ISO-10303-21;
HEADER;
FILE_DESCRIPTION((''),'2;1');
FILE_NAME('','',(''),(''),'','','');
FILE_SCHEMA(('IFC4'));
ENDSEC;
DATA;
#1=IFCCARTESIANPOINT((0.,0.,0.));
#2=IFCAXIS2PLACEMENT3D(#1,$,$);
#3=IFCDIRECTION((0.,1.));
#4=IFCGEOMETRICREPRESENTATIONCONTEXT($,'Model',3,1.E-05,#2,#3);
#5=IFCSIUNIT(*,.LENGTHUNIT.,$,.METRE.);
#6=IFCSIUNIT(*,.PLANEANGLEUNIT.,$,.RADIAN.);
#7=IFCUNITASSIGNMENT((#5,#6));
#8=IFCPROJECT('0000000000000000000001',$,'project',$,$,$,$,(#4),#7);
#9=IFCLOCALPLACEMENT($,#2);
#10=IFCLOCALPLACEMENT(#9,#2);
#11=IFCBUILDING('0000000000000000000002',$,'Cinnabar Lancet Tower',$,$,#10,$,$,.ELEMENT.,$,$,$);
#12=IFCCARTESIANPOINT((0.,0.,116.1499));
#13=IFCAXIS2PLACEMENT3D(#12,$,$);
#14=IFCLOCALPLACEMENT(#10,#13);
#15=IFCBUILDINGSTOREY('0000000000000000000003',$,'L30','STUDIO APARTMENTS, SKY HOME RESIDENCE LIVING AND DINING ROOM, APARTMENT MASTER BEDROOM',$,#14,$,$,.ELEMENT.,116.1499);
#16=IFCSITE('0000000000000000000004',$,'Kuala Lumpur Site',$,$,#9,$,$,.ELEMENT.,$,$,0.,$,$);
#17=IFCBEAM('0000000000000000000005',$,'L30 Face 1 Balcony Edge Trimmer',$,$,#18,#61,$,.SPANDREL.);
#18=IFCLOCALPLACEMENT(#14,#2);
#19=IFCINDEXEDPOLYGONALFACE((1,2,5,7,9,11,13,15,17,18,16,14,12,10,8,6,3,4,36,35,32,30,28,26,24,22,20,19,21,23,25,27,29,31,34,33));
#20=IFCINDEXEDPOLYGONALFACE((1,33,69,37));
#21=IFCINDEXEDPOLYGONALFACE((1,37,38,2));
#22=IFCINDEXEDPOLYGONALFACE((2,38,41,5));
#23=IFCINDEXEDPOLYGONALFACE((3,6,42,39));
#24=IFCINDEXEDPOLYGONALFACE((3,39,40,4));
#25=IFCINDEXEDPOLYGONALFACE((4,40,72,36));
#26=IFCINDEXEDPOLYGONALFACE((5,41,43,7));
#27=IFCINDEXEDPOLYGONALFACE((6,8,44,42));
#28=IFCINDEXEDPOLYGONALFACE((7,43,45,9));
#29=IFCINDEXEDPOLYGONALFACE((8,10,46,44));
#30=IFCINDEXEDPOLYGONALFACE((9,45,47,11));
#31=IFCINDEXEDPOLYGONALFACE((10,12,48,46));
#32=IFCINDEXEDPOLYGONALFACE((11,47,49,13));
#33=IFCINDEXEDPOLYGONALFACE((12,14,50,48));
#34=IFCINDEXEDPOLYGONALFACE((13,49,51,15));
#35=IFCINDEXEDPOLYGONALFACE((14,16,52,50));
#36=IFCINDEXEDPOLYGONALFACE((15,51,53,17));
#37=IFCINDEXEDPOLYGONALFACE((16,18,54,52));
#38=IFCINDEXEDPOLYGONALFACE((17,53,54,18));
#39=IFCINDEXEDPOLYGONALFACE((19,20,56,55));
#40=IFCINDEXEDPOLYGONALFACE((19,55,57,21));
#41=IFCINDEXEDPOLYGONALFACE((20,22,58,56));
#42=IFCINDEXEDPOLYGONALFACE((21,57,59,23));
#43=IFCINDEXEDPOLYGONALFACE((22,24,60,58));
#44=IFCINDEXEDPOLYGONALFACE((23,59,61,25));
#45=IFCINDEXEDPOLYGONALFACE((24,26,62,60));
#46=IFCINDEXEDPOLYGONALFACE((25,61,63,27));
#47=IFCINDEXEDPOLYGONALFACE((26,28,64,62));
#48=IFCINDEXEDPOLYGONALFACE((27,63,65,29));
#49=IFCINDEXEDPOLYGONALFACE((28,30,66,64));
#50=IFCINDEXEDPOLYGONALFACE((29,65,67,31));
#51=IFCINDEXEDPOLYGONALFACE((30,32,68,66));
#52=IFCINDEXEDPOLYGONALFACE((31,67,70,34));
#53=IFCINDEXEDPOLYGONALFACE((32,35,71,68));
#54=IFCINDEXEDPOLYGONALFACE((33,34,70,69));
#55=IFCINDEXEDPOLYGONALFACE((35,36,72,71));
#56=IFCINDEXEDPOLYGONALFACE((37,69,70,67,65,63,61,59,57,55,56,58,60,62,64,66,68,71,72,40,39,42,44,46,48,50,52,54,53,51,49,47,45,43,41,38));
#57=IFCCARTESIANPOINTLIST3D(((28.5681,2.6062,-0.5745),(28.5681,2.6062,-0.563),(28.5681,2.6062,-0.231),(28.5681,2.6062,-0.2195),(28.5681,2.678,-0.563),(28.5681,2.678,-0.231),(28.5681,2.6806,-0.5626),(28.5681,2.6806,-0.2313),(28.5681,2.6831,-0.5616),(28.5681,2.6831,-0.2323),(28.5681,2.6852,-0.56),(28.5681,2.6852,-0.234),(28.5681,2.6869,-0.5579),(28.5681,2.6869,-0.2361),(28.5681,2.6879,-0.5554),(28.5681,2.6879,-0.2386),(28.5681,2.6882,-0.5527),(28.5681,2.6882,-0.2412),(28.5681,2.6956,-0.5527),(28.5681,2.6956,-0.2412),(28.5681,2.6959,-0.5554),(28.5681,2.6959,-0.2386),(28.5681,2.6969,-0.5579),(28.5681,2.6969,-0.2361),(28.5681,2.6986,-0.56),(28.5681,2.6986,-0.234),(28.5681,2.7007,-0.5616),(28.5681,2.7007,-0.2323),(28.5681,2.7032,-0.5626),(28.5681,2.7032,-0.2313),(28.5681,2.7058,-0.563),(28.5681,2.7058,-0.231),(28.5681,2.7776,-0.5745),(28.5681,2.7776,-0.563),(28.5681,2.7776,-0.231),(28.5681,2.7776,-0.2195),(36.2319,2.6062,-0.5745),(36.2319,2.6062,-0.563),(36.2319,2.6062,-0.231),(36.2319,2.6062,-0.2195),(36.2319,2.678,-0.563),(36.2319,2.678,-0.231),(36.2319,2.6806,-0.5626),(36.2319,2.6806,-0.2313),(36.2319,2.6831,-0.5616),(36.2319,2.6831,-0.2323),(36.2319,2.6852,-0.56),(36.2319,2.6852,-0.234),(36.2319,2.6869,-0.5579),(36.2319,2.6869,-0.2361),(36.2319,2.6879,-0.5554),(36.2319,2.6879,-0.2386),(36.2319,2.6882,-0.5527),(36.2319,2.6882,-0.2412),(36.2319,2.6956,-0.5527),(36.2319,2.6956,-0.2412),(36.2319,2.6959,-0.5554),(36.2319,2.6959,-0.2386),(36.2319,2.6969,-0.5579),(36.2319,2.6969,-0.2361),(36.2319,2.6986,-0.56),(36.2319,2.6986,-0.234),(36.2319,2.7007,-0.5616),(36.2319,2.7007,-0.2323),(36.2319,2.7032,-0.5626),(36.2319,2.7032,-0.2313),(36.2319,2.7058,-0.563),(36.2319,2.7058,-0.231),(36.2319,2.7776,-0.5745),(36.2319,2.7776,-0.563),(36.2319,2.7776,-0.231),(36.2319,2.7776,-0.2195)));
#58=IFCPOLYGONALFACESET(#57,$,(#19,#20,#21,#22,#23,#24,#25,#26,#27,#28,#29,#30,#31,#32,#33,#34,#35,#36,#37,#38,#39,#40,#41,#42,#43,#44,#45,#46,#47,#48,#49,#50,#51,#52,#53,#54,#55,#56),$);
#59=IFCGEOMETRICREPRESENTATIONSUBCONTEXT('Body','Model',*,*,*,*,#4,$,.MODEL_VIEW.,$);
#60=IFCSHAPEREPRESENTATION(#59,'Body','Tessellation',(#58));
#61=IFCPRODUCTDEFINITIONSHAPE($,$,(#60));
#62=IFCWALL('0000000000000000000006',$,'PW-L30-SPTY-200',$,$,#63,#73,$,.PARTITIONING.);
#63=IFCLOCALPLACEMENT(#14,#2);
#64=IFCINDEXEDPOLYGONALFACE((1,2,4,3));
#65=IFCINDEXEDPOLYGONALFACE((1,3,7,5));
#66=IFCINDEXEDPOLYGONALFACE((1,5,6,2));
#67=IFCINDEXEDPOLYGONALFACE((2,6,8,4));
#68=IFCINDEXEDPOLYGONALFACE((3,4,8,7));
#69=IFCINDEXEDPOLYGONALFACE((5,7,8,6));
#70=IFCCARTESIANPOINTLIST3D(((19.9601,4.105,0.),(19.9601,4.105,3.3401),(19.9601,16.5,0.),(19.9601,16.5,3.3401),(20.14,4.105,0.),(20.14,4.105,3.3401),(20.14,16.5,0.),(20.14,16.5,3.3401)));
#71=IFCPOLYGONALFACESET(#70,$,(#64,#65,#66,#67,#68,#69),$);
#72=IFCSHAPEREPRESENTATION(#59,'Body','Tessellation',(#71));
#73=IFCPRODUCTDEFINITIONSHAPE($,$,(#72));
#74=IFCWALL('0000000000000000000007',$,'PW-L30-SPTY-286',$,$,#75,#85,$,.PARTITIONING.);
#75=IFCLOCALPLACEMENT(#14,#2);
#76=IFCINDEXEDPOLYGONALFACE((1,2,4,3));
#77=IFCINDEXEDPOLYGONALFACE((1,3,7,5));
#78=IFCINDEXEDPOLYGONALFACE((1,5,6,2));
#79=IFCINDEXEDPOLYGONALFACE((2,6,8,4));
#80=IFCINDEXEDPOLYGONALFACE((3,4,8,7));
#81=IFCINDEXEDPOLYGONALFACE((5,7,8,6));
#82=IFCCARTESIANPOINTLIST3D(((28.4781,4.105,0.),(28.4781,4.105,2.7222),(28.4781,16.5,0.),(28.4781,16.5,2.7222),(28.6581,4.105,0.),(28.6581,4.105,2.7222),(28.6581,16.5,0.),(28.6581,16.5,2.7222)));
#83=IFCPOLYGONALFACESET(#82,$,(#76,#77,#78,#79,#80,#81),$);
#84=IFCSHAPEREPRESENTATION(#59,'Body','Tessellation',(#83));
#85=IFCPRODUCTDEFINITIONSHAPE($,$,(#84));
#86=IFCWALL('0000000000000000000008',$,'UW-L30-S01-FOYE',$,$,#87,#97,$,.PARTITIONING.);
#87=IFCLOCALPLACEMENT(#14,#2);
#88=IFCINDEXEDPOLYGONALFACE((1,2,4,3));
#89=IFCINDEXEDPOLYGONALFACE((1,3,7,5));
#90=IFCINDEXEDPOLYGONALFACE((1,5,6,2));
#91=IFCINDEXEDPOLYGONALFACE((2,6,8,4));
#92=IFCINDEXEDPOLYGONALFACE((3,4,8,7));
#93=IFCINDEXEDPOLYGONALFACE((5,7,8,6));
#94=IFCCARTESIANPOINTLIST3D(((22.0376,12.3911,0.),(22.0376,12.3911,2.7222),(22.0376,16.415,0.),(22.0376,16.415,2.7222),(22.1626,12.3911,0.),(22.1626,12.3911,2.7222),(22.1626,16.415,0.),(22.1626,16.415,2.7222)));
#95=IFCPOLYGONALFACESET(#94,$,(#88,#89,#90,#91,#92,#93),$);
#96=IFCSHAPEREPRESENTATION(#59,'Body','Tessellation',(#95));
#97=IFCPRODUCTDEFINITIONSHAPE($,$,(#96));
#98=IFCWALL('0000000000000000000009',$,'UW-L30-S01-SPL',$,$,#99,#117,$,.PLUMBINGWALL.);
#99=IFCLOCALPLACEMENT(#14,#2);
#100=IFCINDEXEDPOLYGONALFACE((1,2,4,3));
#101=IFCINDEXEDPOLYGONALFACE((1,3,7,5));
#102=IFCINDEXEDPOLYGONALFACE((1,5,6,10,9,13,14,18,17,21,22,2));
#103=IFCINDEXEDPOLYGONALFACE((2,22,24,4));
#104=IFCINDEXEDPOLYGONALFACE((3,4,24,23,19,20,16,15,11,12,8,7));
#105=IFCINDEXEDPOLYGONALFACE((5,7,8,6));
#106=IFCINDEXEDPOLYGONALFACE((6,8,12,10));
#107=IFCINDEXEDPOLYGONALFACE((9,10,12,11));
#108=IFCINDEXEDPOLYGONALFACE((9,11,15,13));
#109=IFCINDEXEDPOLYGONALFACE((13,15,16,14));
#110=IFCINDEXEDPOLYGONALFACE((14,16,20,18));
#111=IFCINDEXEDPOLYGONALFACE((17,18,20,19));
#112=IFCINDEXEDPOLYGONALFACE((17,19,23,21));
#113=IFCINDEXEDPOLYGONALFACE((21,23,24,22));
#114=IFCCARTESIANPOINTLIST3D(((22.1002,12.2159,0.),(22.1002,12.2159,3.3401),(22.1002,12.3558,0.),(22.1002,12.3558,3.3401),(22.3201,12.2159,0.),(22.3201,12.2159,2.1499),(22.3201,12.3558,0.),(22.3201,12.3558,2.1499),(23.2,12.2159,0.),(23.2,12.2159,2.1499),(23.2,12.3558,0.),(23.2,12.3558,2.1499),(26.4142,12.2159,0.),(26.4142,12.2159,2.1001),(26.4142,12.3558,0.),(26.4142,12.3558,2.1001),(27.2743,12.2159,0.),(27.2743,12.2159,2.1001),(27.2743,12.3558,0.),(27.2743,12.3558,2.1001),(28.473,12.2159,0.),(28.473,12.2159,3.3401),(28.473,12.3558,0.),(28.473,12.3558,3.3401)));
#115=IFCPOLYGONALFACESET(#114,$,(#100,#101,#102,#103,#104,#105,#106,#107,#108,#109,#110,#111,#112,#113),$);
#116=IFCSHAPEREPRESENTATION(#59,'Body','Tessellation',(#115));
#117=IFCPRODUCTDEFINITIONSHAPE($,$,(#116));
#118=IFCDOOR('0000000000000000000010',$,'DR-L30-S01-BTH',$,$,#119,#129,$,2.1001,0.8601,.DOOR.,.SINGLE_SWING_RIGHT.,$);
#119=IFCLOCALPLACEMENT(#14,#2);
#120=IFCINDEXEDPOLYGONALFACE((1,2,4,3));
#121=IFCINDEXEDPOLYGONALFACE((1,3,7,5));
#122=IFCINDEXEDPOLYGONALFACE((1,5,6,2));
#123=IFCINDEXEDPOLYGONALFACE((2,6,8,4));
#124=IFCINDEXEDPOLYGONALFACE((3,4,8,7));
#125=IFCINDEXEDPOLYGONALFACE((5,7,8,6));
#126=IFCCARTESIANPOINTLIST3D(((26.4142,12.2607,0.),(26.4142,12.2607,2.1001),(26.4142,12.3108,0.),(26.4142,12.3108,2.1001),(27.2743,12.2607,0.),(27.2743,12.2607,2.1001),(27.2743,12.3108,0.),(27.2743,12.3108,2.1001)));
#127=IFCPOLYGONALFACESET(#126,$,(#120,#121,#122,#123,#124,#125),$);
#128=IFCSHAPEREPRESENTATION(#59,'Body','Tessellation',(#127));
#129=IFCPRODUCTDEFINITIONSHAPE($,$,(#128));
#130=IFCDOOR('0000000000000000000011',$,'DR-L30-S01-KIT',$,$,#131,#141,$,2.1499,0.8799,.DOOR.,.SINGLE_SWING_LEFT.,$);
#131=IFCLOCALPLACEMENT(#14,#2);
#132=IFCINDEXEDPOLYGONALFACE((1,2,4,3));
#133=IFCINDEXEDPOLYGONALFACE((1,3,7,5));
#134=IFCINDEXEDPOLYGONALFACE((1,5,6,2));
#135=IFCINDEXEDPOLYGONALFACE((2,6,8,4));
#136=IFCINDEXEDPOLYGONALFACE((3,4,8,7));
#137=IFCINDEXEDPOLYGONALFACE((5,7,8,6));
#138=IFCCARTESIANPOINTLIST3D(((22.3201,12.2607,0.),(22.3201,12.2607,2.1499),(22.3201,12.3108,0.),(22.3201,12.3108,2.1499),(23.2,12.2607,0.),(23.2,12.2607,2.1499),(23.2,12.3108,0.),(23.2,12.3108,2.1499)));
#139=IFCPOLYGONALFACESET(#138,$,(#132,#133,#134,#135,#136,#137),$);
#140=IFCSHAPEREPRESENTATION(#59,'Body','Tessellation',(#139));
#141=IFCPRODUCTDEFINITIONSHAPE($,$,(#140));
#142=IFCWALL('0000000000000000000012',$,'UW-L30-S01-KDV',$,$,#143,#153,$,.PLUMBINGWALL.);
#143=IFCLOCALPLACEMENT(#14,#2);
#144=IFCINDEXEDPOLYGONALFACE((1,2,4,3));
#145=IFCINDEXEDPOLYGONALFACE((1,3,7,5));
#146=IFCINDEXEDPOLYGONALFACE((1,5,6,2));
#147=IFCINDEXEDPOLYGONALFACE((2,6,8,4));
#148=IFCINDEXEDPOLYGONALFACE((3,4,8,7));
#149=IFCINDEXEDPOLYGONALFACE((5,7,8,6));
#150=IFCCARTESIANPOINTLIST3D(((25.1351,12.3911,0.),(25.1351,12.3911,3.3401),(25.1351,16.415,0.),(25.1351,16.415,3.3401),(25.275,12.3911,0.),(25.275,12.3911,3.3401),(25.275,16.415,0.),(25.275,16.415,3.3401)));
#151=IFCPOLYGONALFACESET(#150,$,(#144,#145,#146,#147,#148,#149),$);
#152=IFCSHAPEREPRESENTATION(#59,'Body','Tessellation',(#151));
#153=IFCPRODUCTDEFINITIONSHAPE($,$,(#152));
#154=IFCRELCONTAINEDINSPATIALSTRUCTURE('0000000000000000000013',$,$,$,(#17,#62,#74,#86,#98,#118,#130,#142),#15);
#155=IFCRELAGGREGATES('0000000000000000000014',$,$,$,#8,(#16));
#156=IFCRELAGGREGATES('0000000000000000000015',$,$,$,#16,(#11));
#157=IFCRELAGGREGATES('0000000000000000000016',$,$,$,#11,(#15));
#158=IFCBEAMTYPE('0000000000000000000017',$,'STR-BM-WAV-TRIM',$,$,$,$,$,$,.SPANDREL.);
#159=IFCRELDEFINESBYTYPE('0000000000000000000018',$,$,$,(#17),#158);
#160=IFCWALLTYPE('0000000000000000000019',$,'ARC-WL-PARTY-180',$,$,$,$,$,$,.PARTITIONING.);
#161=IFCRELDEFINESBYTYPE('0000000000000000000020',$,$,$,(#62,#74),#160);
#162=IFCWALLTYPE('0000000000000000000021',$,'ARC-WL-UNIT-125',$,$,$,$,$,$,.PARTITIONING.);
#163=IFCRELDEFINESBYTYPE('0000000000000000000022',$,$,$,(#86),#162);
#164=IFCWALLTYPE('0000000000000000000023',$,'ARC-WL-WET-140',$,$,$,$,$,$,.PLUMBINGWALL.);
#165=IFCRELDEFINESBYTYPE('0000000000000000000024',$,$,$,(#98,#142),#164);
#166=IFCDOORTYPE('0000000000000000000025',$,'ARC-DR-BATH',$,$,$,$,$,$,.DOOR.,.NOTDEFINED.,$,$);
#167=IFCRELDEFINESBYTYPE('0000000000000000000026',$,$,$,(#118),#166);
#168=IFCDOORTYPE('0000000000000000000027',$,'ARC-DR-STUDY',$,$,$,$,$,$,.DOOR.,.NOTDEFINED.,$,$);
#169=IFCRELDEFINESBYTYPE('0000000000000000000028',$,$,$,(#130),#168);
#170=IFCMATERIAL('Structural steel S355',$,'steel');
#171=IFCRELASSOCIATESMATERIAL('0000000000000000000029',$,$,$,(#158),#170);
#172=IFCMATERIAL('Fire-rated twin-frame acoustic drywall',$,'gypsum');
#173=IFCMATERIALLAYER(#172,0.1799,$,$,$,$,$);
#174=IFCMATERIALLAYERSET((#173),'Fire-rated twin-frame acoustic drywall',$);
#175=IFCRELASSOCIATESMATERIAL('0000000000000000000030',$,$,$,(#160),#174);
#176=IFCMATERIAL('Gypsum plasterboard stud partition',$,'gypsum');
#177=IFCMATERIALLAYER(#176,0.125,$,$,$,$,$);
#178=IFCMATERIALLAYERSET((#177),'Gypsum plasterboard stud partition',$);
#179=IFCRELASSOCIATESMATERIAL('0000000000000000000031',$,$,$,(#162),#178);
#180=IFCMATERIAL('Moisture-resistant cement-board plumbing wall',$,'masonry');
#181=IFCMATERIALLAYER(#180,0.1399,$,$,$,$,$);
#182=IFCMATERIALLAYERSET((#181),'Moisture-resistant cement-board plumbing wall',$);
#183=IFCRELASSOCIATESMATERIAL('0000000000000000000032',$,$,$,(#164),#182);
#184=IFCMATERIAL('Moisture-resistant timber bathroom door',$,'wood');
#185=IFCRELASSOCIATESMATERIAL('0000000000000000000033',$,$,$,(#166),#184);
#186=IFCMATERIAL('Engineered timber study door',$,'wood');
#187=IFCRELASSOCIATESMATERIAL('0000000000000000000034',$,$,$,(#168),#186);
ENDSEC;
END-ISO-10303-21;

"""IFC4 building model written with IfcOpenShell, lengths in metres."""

from ifc_helpers import new_model, si_unit, direction, frame, frame_2d, origin, origin_2d, place, context, subcontext, project, spatial, rectangle, i_section, extrude, material, layer, layer_set, material_profile, profile_set, type_object, element, fill, save


model = new_model("IFC4")

# Units and contexts
model_context = context("Model", 3, precision=1e-05, world=origin(), true_north=direction((0.0, 1.0)))
body_context = subcontext(model_context, "Body", "Model", "MODEL_VIEW")
ifc_project = project(units=[si_unit("LENGTHUNIT", "METRE"), si_unit("PLANEANGLEUNIT", "RADIAN")], contexts=[model_context])

# Site, building, storey
site_placement = place(None, origin())
site = spatial("IfcSite", under=ifc_project, at=site_placement, Name="Kuala Lumpur Site", CompositionType="ELEMENT", RefElevation=0.0)
building_placement = place(site_placement, origin())
building = spatial("IfcBuilding", under=site, at=building_placement, Name="Cinnabar Lancet Tower", CompositionType="ELEMENT")
storey_placement = place(building_placement, frame((0.0, 0.0, 116.1499)))
storey = spatial("IfcBuildingStorey", under=building, at=storey_placement, Name="L30", Description="STUDIO APARTMENTS, SKY HOME RESIDENCE LIVING AND DINING ROOM, APARTMENT MASTER BEDROOM", CompositionType="ELEMENT", Elevation=116.1499)

# Beam
ifc_material_1 = material(Name="Structural steel S355", Category="steel")
ifc_material_profile_1 = material_profile(ifc_material_1, i_section(OverallWidth=0.1714, OverallDepth=0.355, WebThickness=0.0073, FlangeThickness=0.0115, FilletRadius=0.0103, at=origin_2d()), Name="UKB 356x171x51")
ifc_profile_set_1 = profile_set([ifc_material_profile_1], Name="Structural steel S355")
beam_type_1 = type_object("IfcBeamType", Name="STR-BM-WAV-TRIM", PredefinedType="SPANDREL", material=ifc_profile_set_1)
beam_1_placement = place(storey_placement, frame((28.5681, 2.6919, -0.397), z_axis=(1.0, 0.0, 0.0), x_axis=(0.0, 1.0, 0.0)))
element("IfcBeam", 1, at=beam_1_placement, inside=storey, type_object=beam_type_1, Name="L30 Face 1 Balcony Edge Trimmer", PredefinedType="SPANDREL", context=body_context, shape_type="SweptSolid", body=[
    extrude(i_section(OverallWidth=0.1714, OverallDepth=0.355, WebThickness=0.0073, FlangeThickness=0.0115, FilletRadius=0.0103, at=origin_2d()), origin(), (0.0, 0.0, 1.0), 7.6638),
])

# Walls
ifc_material_2 = material(Name="Fire-rated twin-frame acoustic drywall", Category="gypsum")
ifc_layer_1 = layer(ifc_material_2, 0.1799)
ifc_layer_set_1 = layer_set([ifc_layer_1], Name="Fire-rated twin-frame acoustic drywall")
wall_type_1 = type_object("IfcWallType", Name="ARC-WL-PARTY-180", PredefinedType="PARTITIONING", material=ifc_layer_set_1)
wall_1_placement = place(storey_placement, frame((20.05, 4.105, 0.0), z_axis=(0.0, 0.0, 1.0), x_axis=(0.0, 1.0, 0.0)))
element("IfcWall", 2, at=wall_1_placement, inside=storey, type_object=wall_type_1, Name="PW-L30-SPTY-200", PredefinedType="PARTITIONING", context=body_context, shape_type="SweptSolid", body=[
    extrude(rectangle(XDim=12.395, YDim=0.1799, at=frame_2d((6.1975, 0.0))), origin(), (0.0, 0.0, 1.0), 3.3401),
])
wall_2_placement = place(storey_placement, frame((28.5681, 4.105, 0.0), z_axis=(0.0, 0.0, 1.0), x_axis=(0.0, 1.0, 0.0)))
element("IfcWall", 3, at=wall_2_placement, inside=storey, type_object=wall_type_1, Name="PW-L30-SPTY-286", PredefinedType="PARTITIONING", context=body_context, shape_type="SweptSolid", body=[
    extrude(rectangle(XDim=12.395, YDim=0.1799, at=frame_2d((6.1975, 0.0))), origin(), (0.0, 0.0, 1.0), 2.7222),
])
ifc_material_3 = material(Name="Gypsum plasterboard stud partition", Category="gypsum")
ifc_layer_2 = layer(ifc_material_3, 0.125)
ifc_layer_set_2 = layer_set([ifc_layer_2], Name="Gypsum plasterboard stud partition")
wall_type_2 = type_object("IfcWallType", Name="ARC-WL-UNIT-125", PredefinedType="PARTITIONING", material=ifc_layer_set_2)
wall_3_placement = place(storey_placement, frame((22.1001, 12.3911, 0.0), z_axis=(0.0, 0.0, 1.0), x_axis=(0.0, 1.0, 0.0)))
element("IfcWall", 4, at=wall_3_placement, inside=storey, type_object=wall_type_2, Name="UW-L30-S01-FOYE", PredefinedType="PARTITIONING", context=body_context, shape_type="SweptSolid", body=[
    extrude(rectangle(XDim=4.0239, YDim=0.125, at=frame_2d((2.012, 0.0))), origin(), (0.0, 0.0, 1.0), 2.7222),
])

# Wall, openings, doors
ifc_material_4 = material(Name="Moisture-resistant cement-board plumbing wall", Category="masonry")
ifc_layer_3 = layer(ifc_material_4, 0.1399)
ifc_layer_set_3 = layer_set([ifc_layer_3], Name="Moisture-resistant cement-board plumbing wall")
wall_type_3 = type_object("IfcWallType", Name="ARC-WL-WET-140", PredefinedType="PLUMBINGWALL", material=ifc_layer_set_3)
wall_4_placement = place(storey_placement, frame((22.1001, 12.2859, 0.0), z_axis=(0.0, 0.0, 1.0), x_axis=(1.0, 0.0, 0.0)))
wall_4 = element("IfcWall", 5, at=wall_4_placement, inside=storey, type_object=wall_type_3, Name="UW-L30-S01-SPL", PredefinedType="PLUMBINGWALL", context=body_context, shape_type="SweptSolid", body=[
    extrude(rectangle(XDim=6.3728, YDim=0.1399, at=frame_2d((3.1865, 0.0))), origin(), (0.0, 0.0, 1.0), 3.3401),
])
opening_1_placement = place(wall_4_placement, frame((4.314, 0.0, 0.0)))
opening_1 = element("IfcOpeningElement", 6, at=opening_1_placement, cuts=wall_4, PredefinedType="OPENING", context=body_context, shape_type="SweptSolid", body=[
    extrude(rectangle(XDim=0.8601, YDim=2.1001, at=frame_2d((0.4302, 1.05))), frame((0.0, 0.0798, 0.0), z_axis=(0.0, -1.0, 0.0), x_axis=(1.0, 0.0, 0.0)), (0.0, 0.0, 1.0), 0.1599),
])
opening_2_placement = place(wall_4_placement, frame((0.22, 0.0, 0.0)))
opening_2 = element("IfcOpeningElement", 7, at=opening_2_placement, cuts=wall_4, PredefinedType="OPENING", context=body_context, shape_type="SweptSolid", body=[
    extrude(rectangle(XDim=0.8799, YDim=2.1499, at=frame_2d((0.4399, 1.075))), frame((0.0, 0.0798, 0.0), z_axis=(0.0, -1.0, 0.0), x_axis=(1.0, 0.0, 0.0)), (0.0, 0.0, 1.0), 0.1599),
])
ifc_material_5 = material(Name="Moisture-resistant timber bathroom door", Category="wood")
door_type_1 = type_object("IfcDoorType", Name="ARC-DR-BATH", OperationType="NOTDEFINED", PredefinedType="DOOR", material=ifc_material_5)
door_1_placement = place(opening_1_placement, origin())
door_1 = element("IfcDoor", 8, at=door_1_placement, inside=storey, type_object=door_type_1, Name="DR-L30-S01-BTH", OperationType="SINGLE_SWING_RIGHT", OverallHeight=2.1001, OverallWidth=0.8601, PredefinedType="DOOR", context=body_context, shape_type="SweptSolid", body=[
    extrude(rectangle(XDim=0.8601, YDim=2.1001, at=frame_2d((0.4302, 1.05))), frame((0.0, 0.0249, 0.0), z_axis=(0.0, -1.0, 0.0), x_axis=(1.0, 0.0, 0.0)), (0.0, 0.0, 1.0), 0.05),
])
fill(opening_1, door_1)
ifc_material_6 = material(Name="Engineered timber study door", Category="wood")
door_type_2 = type_object("IfcDoorType", Name="ARC-DR-STUDY", OperationType="NOTDEFINED", PredefinedType="DOOR", material=ifc_material_6)
door_2_placement = place(opening_2_placement, origin())
door_2 = element("IfcDoor", 9, at=door_2_placement, inside=storey, type_object=door_type_2, Name="DR-L30-S01-KIT", OperationType="SINGLE_SWING_LEFT", OverallHeight=2.1499, OverallWidth=0.8799, PredefinedType="DOOR", context=body_context, shape_type="SweptSolid", body=[
    extrude(rectangle(XDim=0.8799, YDim=2.1499, at=frame_2d((0.4399, 1.075))), frame((0.0, 0.0249, 0.0), z_axis=(0.0, -1.0, 0.0), x_axis=(1.0, 0.0, 0.0)), (0.0, 0.0, 1.0), 0.05),
])
fill(opening_2, door_2)

# Wall
wall_5_placement = place(storey_placement, frame((25.2051, 12.3911, 0.0), z_axis=(0.0, 0.0, 1.0), x_axis=(0.0, 1.0, 0.0)))
element("IfcWall", 10, at=wall_5_placement, inside=storey, type_object=wall_type_3, Name="UW-L30-S01-KDV", PredefinedType="PLUMBINGWALL", context=body_context, shape_type="SweptSolid", body=[
    extrude(rectangle(XDim=4.0239, YDim=0.1399, at=frame_2d((2.012, 0.0))), origin(), (0.0, 0.0, 1.0), 3.3401),
])

save(model, "model.ifc")
